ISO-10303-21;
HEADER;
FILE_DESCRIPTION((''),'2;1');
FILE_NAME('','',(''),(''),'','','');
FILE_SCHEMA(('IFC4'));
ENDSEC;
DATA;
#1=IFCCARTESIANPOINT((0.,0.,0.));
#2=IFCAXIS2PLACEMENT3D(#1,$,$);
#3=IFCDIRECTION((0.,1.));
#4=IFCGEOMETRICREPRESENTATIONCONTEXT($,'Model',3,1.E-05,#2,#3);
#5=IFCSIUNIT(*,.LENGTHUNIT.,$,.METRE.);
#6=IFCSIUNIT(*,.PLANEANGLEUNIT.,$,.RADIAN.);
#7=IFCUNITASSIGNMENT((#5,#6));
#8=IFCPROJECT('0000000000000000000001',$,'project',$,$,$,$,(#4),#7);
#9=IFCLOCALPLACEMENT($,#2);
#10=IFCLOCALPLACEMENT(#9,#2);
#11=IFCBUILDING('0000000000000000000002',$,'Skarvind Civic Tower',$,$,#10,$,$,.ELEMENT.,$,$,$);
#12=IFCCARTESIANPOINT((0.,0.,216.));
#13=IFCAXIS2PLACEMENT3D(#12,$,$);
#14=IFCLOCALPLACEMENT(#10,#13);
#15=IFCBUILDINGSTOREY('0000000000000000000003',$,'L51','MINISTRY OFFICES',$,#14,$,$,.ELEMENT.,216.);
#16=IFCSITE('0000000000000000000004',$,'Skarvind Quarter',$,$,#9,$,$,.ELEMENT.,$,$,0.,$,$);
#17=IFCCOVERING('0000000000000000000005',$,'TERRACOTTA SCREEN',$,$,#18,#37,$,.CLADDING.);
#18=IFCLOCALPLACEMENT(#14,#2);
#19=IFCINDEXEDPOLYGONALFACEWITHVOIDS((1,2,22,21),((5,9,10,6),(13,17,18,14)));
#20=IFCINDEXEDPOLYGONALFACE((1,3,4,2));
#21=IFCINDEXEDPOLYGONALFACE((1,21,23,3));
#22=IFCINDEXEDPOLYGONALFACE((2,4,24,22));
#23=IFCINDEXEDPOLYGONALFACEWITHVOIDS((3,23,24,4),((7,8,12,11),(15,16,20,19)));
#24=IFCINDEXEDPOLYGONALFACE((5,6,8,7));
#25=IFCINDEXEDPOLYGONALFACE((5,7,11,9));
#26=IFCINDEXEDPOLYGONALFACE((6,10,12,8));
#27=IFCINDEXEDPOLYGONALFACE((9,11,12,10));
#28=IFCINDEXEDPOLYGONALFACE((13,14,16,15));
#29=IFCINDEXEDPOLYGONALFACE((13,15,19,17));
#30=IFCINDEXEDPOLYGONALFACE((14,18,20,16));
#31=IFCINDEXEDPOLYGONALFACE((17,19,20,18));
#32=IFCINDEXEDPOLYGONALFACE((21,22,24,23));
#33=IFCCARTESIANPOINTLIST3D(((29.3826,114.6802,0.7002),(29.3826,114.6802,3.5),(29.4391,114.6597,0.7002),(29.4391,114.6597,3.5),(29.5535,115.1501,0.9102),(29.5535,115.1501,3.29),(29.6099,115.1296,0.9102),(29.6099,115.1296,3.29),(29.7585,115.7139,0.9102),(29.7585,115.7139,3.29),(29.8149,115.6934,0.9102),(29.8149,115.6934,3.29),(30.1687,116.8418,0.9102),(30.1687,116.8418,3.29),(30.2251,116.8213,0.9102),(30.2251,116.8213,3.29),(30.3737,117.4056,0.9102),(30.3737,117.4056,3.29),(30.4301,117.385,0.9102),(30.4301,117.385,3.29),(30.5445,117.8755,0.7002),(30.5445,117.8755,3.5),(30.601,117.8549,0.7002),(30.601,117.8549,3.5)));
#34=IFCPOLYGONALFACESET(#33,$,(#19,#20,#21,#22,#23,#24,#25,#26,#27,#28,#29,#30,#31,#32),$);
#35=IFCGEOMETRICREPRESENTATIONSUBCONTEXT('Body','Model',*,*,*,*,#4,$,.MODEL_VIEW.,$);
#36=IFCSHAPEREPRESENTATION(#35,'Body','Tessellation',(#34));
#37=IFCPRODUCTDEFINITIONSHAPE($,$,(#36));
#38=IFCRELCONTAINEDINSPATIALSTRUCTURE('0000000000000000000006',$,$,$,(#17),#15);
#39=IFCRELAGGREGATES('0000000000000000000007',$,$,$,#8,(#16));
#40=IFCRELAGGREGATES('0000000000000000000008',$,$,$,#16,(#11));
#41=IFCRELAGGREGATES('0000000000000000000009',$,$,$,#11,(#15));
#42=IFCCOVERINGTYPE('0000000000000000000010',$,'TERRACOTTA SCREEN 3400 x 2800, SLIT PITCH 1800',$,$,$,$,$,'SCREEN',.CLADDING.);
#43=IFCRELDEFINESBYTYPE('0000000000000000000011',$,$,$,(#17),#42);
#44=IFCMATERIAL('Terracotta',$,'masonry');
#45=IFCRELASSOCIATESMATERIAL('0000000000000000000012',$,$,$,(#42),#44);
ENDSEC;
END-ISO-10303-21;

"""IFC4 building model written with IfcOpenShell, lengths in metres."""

from ifc_helpers import new_model, si_unit, direction, frame, origin, place, context, subcontext, project, spatial, polyline, outline, extrude, material, material_profile, profile_set, type_object, element, save


model = new_model("IFC4")

# Units and contexts
model_context = context("Model", 3, precision=1e-05, world=origin(), true_north=direction((0.0, 1.0)))
body_context = subcontext(model_context, "Body", "Model", "MODEL_VIEW")
ifc_project = project(units=[si_unit("LENGTHUNIT", "METRE"), si_unit("PLANEANGLEUNIT", "RADIAN")], contexts=[model_context])

# Site, building, storey
site_placement = place(None, origin())
site = spatial("IfcSite", under=ifc_project, at=site_placement, Name="Skarvind Quarter", CompositionType="ELEMENT", RefElevation=0.0)
building_placement = place(site_placement, origin())
building = spatial("IfcBuilding", under=site, at=building_placement, Name="Skarvind Civic Tower", CompositionType="ELEMENT")
storey_placement = place(building_placement, frame((0.0, 0.0, 216.0)))
storey = spatial("IfcBuildingStorey", under=building, at=storey_placement, Name="L51", Description="MINISTRY OFFICES", CompositionType="ELEMENT", Elevation=216.0)

# Covering
ifc_material_1 = material(Name="Terracotta", Category="masonry")
ifc_material_profile_1 = material_profile(ifc_material_1, outline(polyline([(-1.7, -1.3999), (1.7, -1.3999), (1.7, 1.3999), (-1.7, 1.3999), (-1.7, -1.3999)]), holes=[polyline([(-1.2, -1.1899), (-0.6001, -1.1899), (-0.6001, 1.1899), (-1.2, 1.1899), (-1.2, -1.1899)]), polyline([(0.6001, -1.1899), (1.2, -1.1899), (1.2, 1.1899), (0.6001, 1.1899), (0.6001, -1.1899)])]), Name="TERRACOTTA SCREEN 3400 x 2800, SLIT PITCH 1800")
ifc_profile_set_1 = profile_set([ifc_material_profile_1], Name="Terracotta")
covering_type = type_object("IfcCoveringType", Name="TERRACOTTA SCREEN 3400 x 2800, SLIT PITCH 1800", ElementType="SCREEN", PredefinedType="CLADDING", material=ifc_profile_set_1)
covering_placement = place(storey_placement, frame((30.02, 116.2573, 2.1001), z_axis=(-0.939793, 0.341743, 0.0), x_axis=(-0.341743, -0.939793, 0.0)))
element("IfcCovering", 1, at=covering_placement, inside=storey, type_object=covering_type, Name="TERRACOTTA SCREEN", PredefinedType="CLADDING", context=body_context, shape_type="SweptSolid", body=[
    extrude(outline(polyline([(-1.7, -1.3999), (1.7, -1.3999), (1.7, 1.3999), (-1.7, 1.3999), (-1.7, -1.3999)]), holes=[polyline([(-1.2, -1.1899), (-0.6001, -1.1899), (-0.6001, 1.1899), (-1.2, 1.1899), (-1.2, -1.1899)]), polyline([(0.6001, -1.1899), (1.2, -1.1899), (1.2, 1.1899), (0.6001, 1.1899), (0.6001, -1.1899)])]), origin(), (0.0, 0.0, 1.0), 0.0601),
])

save(model, "model.ifc")
